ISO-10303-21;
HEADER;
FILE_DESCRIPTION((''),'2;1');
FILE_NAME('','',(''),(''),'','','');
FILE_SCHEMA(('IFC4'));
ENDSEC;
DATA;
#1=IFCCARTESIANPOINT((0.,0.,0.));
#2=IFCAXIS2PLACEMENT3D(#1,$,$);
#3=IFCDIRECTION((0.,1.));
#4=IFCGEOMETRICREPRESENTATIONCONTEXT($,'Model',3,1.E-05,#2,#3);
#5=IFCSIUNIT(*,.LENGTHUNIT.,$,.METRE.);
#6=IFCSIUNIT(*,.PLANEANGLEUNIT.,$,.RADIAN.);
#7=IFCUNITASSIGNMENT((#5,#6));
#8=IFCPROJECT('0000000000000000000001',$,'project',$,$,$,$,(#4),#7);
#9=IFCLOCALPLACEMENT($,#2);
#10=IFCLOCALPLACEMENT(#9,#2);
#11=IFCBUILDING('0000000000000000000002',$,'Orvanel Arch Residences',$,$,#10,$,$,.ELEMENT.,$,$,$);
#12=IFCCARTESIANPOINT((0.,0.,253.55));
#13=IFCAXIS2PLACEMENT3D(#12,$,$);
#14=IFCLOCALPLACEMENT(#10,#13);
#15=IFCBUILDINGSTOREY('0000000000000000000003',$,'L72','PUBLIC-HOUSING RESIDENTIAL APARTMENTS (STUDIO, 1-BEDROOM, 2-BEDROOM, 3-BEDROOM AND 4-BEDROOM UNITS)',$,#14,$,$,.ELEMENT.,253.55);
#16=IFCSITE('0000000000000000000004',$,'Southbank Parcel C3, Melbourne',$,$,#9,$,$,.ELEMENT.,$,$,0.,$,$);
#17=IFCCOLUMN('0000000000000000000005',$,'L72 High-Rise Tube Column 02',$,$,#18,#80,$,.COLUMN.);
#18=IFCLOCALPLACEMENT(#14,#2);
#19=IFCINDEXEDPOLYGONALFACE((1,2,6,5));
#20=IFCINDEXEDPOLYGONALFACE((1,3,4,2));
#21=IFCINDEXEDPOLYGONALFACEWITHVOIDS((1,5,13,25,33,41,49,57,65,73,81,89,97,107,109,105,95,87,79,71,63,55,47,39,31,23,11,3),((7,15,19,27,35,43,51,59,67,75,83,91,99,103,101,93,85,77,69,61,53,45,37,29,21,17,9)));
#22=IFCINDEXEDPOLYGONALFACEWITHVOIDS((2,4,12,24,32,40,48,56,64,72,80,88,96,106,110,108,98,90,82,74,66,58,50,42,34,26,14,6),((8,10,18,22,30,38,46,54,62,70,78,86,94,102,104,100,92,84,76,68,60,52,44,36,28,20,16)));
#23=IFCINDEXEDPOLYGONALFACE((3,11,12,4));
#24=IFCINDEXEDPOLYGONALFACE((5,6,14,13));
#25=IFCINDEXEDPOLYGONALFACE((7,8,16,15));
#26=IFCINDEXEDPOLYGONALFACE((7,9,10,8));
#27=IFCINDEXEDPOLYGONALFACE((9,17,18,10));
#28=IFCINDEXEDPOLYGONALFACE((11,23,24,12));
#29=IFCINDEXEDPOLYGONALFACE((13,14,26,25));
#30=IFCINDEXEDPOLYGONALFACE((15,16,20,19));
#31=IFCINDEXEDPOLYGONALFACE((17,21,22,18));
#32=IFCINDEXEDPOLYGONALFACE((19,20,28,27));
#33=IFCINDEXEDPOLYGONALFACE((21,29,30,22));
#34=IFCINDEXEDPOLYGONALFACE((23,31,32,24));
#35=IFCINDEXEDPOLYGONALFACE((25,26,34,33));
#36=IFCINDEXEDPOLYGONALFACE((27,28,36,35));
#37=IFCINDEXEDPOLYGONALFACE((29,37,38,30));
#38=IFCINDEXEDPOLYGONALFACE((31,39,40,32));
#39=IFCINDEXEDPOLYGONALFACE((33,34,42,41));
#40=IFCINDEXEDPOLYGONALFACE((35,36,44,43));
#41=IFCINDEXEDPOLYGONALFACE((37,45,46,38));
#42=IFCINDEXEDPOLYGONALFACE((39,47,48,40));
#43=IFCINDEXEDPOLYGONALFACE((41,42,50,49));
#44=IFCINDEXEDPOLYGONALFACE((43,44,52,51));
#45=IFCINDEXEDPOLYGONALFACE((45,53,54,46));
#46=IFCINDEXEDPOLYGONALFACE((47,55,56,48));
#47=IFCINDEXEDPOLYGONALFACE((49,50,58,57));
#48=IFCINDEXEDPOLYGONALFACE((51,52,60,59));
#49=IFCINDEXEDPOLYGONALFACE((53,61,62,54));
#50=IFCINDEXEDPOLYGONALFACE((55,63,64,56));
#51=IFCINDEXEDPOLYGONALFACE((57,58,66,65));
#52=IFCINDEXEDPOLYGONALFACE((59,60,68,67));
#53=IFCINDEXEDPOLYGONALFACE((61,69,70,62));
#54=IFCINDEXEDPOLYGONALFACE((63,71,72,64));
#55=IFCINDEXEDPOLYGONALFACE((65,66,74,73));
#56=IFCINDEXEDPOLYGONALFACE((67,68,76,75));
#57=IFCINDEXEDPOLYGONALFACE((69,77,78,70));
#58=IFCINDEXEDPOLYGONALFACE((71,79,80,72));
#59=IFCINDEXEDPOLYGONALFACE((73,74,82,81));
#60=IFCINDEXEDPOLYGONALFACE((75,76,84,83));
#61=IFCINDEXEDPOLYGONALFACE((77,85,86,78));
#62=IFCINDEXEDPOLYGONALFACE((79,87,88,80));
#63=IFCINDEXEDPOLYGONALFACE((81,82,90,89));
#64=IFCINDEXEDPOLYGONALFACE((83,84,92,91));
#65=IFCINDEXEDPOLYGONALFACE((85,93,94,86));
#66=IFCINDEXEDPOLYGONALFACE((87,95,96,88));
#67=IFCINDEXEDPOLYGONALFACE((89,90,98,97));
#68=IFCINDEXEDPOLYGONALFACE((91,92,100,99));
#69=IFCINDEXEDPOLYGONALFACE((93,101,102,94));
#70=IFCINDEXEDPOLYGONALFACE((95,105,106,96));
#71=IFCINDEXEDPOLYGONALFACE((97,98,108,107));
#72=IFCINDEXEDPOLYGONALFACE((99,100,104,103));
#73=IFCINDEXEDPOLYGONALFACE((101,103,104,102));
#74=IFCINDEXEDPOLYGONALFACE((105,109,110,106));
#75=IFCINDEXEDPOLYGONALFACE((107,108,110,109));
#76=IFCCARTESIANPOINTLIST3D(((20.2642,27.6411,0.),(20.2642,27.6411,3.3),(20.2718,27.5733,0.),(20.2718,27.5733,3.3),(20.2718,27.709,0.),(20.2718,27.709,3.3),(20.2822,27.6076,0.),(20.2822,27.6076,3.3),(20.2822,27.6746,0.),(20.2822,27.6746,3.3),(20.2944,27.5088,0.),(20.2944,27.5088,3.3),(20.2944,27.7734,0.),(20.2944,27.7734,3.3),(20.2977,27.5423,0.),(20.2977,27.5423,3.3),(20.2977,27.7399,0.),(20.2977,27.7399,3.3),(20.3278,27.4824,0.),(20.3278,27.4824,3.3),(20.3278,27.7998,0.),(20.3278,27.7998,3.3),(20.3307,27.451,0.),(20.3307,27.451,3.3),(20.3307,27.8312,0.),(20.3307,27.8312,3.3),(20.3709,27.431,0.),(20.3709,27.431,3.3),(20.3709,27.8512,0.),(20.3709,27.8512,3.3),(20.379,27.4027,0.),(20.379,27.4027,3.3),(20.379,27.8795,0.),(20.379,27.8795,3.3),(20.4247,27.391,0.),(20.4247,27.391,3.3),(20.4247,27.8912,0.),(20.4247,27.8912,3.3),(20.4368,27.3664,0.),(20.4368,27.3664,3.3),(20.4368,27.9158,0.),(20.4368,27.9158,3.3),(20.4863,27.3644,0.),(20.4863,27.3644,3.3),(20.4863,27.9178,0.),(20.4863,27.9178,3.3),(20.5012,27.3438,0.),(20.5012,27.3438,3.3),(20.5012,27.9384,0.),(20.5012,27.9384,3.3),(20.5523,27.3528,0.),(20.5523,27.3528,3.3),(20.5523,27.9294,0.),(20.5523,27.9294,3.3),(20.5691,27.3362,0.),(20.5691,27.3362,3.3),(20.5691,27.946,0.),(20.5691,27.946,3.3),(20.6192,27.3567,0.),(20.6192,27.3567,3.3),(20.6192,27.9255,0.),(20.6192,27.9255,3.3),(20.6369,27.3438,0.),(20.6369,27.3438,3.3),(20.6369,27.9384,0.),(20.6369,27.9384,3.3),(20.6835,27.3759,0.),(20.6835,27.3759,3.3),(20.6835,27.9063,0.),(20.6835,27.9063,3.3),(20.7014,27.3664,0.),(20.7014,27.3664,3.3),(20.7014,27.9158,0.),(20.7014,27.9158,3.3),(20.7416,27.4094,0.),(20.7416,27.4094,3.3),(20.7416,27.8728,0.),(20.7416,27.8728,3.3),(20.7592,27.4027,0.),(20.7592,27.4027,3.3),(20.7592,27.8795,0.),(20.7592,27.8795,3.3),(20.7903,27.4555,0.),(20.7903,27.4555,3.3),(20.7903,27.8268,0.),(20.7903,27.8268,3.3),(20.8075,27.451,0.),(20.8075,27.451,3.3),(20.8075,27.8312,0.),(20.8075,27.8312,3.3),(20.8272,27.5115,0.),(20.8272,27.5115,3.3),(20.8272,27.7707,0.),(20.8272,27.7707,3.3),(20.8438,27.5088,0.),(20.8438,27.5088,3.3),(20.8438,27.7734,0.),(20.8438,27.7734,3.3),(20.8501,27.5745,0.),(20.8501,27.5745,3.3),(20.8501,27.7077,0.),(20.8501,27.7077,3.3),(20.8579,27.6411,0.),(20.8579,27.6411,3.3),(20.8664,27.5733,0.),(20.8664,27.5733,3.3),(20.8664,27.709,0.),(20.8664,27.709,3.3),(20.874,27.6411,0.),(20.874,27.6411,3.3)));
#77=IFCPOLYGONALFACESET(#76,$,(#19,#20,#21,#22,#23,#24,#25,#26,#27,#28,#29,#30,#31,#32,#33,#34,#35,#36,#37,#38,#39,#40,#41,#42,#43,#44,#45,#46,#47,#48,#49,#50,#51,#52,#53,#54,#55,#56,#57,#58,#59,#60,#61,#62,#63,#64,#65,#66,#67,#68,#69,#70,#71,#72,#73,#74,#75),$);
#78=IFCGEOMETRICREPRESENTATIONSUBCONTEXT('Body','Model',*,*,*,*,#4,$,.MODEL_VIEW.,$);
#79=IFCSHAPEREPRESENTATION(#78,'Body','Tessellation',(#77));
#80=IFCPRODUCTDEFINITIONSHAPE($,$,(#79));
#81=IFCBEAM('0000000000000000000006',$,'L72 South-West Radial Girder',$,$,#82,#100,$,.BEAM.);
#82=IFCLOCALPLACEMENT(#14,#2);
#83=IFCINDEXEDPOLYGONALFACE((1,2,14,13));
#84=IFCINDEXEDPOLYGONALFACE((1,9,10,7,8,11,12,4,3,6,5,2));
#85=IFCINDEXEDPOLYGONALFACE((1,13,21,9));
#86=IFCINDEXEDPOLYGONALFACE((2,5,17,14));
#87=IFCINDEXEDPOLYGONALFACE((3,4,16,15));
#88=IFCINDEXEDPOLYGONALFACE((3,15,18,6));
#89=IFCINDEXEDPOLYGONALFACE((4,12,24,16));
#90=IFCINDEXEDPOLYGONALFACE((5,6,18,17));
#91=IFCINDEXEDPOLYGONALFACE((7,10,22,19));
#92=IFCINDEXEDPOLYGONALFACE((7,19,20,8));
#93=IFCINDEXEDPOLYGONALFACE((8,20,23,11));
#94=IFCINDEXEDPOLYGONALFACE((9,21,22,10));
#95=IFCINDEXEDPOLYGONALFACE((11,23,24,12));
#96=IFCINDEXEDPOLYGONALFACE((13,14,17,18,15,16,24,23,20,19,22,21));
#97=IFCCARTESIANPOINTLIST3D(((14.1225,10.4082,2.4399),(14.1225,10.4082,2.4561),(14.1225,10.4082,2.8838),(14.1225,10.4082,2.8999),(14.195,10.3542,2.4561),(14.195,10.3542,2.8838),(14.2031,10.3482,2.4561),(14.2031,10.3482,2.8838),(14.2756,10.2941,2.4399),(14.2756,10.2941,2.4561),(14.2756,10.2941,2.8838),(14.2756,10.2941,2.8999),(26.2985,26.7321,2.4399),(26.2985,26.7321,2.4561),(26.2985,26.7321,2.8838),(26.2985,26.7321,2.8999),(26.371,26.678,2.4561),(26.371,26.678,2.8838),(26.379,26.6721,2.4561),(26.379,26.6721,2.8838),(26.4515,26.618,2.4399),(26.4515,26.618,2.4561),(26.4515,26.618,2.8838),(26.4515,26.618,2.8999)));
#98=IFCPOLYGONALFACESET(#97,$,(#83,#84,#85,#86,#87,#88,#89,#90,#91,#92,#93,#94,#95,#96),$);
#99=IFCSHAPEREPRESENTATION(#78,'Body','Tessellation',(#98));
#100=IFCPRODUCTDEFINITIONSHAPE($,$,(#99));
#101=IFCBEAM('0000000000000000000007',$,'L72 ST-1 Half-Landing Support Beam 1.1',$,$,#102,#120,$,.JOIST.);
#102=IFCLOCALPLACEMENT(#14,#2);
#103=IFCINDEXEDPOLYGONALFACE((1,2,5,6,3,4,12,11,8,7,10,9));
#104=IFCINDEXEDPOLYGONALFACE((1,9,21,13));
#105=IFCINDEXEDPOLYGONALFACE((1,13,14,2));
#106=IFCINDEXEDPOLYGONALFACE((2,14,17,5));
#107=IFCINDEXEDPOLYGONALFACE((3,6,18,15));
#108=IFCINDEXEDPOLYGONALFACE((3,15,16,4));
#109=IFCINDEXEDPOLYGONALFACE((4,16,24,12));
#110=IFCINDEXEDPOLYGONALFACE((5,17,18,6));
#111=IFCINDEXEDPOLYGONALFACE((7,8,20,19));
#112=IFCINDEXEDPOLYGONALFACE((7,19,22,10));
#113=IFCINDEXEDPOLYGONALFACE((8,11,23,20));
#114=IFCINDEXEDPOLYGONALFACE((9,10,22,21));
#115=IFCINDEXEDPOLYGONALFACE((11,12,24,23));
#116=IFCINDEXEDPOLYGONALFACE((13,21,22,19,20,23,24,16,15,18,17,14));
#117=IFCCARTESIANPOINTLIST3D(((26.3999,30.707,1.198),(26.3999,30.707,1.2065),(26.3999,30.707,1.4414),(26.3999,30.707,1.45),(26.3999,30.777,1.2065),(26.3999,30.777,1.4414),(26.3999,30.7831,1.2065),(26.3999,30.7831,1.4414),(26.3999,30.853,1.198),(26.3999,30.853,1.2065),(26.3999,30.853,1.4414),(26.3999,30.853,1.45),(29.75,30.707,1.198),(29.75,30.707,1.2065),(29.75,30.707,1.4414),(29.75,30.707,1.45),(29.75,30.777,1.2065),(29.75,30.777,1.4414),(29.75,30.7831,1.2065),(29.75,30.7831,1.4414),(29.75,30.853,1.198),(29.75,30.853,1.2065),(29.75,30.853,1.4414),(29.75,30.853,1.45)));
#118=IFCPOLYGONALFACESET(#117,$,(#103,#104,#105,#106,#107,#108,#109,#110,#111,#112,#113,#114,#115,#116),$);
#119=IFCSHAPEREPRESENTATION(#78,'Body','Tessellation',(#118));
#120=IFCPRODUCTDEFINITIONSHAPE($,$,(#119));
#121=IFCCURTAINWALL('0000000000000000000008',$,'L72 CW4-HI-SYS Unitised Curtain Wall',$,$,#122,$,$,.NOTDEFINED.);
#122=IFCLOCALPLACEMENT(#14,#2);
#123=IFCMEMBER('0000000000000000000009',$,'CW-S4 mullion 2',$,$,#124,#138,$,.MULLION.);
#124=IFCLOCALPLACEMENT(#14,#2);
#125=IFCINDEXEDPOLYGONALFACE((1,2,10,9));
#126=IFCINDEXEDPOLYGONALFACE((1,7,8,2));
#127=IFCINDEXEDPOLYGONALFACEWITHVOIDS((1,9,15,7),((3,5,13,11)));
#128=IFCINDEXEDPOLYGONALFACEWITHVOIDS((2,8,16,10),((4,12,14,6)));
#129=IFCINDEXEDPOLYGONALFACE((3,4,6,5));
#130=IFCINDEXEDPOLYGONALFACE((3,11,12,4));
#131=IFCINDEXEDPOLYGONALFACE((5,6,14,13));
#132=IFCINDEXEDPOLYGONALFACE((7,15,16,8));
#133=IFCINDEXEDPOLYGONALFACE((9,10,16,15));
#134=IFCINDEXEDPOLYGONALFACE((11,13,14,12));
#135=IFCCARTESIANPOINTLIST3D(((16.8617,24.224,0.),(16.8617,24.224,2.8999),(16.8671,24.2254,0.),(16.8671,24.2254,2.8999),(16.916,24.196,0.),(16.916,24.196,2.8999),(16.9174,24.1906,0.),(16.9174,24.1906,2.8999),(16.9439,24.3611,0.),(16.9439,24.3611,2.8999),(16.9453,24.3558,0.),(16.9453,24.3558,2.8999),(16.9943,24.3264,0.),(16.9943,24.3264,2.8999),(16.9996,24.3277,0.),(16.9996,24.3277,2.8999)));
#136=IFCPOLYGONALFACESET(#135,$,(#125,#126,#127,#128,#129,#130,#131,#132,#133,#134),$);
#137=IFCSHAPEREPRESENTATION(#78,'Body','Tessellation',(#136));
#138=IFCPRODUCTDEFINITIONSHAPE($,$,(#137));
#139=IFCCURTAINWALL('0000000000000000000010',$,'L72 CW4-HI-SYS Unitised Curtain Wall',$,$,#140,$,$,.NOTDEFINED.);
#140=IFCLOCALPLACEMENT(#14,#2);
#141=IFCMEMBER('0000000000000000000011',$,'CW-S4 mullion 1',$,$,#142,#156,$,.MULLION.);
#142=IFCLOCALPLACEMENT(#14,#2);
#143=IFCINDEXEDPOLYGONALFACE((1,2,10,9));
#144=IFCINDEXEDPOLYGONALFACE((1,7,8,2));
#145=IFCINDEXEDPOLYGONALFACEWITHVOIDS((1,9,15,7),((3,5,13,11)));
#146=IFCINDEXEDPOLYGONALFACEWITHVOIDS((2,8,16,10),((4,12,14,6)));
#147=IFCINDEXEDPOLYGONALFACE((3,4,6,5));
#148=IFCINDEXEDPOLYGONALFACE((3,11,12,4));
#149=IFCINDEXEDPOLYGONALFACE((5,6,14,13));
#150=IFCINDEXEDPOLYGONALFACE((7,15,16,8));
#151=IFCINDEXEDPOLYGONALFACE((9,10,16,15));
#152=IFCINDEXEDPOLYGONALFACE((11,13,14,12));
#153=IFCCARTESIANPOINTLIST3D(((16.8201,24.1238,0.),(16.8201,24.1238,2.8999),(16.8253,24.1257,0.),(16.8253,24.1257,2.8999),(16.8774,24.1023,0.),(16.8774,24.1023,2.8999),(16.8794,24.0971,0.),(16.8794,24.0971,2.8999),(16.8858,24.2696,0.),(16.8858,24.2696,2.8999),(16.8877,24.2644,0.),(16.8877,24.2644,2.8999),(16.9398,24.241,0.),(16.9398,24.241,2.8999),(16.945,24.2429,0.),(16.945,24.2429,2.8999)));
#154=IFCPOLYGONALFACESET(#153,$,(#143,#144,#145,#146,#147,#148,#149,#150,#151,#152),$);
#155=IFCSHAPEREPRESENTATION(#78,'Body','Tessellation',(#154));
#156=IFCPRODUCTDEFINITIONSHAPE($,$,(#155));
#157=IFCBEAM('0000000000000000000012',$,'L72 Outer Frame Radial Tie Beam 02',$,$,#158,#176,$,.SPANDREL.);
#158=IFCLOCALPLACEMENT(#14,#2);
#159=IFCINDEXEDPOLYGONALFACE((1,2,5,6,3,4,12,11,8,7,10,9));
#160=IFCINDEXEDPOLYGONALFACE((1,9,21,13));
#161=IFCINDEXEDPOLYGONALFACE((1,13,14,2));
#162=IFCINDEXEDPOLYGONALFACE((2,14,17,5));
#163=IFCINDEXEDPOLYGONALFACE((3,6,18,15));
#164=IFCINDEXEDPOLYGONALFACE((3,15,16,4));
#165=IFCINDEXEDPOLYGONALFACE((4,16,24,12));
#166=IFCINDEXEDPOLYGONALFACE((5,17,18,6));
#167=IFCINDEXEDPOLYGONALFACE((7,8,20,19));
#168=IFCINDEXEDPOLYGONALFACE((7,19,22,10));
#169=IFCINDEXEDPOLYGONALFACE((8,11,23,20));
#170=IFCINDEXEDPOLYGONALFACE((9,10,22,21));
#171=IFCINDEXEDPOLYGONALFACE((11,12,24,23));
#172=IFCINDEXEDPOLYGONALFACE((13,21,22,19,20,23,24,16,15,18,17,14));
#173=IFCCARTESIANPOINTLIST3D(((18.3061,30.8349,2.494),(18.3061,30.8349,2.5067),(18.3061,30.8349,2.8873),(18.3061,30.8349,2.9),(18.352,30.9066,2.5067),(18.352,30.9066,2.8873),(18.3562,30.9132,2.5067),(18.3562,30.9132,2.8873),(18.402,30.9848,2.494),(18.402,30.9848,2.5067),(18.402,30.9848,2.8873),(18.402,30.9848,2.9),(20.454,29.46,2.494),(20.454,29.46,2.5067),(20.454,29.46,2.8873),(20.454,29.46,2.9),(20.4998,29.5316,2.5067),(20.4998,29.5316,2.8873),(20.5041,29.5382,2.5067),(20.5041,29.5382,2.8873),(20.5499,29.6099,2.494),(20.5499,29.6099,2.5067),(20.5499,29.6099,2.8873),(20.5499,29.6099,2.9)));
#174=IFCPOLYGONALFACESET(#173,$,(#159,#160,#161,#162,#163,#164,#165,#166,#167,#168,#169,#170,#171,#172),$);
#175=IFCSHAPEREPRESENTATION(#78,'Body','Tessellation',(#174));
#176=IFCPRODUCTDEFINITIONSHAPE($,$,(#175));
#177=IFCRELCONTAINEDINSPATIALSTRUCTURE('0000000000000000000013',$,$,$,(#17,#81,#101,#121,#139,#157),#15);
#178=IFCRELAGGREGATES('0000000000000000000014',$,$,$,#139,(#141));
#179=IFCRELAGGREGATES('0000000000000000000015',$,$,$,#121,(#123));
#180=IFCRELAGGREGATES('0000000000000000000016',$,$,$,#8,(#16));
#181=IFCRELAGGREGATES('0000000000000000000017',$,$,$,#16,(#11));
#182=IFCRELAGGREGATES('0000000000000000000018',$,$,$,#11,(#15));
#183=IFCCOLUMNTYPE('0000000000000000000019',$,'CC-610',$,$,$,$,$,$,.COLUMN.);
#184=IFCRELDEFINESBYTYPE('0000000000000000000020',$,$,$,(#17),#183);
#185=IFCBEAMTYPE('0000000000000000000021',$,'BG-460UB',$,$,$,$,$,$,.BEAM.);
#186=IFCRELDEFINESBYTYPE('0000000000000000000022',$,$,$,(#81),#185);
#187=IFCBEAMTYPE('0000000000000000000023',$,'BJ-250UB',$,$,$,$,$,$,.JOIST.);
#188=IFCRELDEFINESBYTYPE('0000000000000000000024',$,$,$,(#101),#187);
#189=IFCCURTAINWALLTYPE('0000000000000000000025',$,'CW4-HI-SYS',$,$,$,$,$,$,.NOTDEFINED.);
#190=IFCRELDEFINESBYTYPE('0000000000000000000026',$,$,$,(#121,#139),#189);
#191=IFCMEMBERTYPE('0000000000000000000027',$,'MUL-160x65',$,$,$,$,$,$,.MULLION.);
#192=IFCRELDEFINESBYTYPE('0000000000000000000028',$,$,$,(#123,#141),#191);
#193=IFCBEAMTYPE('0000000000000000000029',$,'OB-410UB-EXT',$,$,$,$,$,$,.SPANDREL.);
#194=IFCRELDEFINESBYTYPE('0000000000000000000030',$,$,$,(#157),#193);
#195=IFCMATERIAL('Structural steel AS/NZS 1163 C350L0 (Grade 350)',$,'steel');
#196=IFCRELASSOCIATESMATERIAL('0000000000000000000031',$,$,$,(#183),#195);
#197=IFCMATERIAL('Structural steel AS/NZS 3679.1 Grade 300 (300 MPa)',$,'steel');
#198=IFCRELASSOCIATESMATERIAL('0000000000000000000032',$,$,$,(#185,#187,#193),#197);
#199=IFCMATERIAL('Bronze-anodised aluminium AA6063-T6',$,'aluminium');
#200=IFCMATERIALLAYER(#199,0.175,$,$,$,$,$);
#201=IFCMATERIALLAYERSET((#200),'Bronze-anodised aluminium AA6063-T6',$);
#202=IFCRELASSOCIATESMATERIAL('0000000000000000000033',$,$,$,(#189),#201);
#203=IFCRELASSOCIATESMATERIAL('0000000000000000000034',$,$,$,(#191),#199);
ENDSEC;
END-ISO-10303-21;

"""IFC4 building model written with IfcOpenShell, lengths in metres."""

from ifc_helpers import new_model, si_unit, direction, frame, origin, origin_2d, place, context, subcontext, project, spatial, hollow_rectangle, hollow_circle, i_section, extrude, material, layer, layer_set, material_profile, profile_set, type_object, element, aggregate, save


model = new_model("IFC4")

# Units and contexts
model_context = context("Model", 3, precision=1e-05, world=origin(), true_north=direction((0.0, 1.0)))
body_context = subcontext(model_context, "Body", "Model", "MODEL_VIEW")
ifc_project = project(units=[si_unit("LENGTHUNIT", "METRE"), si_unit("PLANEANGLEUNIT", "RADIAN")], contexts=[model_context])

# Site, building, storey
site_placement = place(None, origin())
site = spatial("IfcSite", under=ifc_project, at=site_placement, Name="Southbank Parcel C3, Melbourne", CompositionType="ELEMENT", RefElevation=0.0)
building_placement = place(site_placement, origin())
building = spatial("IfcBuilding", under=site, at=building_placement, Name="Orvanel Arch Residences", CompositionType="ELEMENT")
storey_placement = place(building_placement, frame((0.0, 0.0, 253.55)))
storey = spatial("IfcBuildingStorey", under=building, at=storey_placement, Name="L72", Description="PUBLIC-HOUSING RESIDENTIAL APARTMENTS (STUDIO, 1-BEDROOM, 2-BEDROOM, 3-BEDROOM AND 4-BEDROOM UNITS)", CompositionType="ELEMENT", Elevation=253.55)

# Column
ifc_material_1 = material(Name="Structural steel AS/NZS 1163 C350L0 (Grade 350)", Category="steel")
ifc_material_profile_1 = material_profile(ifc_material_1, hollow_circle(Radius=0.3049, WallThickness=0.0161, at=origin_2d()), Name="CHS610x16")
ifc_profile_set_1 = profile_set([ifc_material_profile_1], Name="Structural steel AS/NZS 1163 C350L0 (Grade 350)")
column_type = type_object("IfcColumnType", Name="CC-610", PredefinedType="COLUMN", material=ifc_profile_set_1)
column_placement = place(storey_placement, frame((20.5691, 27.6411, 0.0), z_axis=(0.0, 0.0, 1.0), x_axis=(1.0, 0.0, 0.0)))
element("IfcColumn", 1, at=column_placement, inside=storey, type_object=column_type, Name="L72 High-Rise Tube Column 02", PredefinedType="COLUMN", context=body_context, shape_type="SweptSolid", body=[
    extrude(hollow_circle(Radius=0.3049, WallThickness=0.0161, at=origin_2d()), origin(), (0.0, 0.0, 1.0), 3.3),
])

# Beams
ifc_material_2 = material(Name="Structural steel AS/NZS 3679.1 Grade 300 (300 MPa)", Category="steel")
ifc_material_profile_2 = material_profile(ifc_material_2, i_section(OverallWidth=0.1909, OverallDepth=0.46, WebThickness=0.01, FlangeThickness=0.0161, at=origin_2d()), Name="460UB82.1")
ifc_profile_set_2 = profile_set([ifc_material_profile_2], Name="Structural steel AS/NZS 3679.1 Grade 300 (300 MPa)")
beam_type_1 = type_object("IfcBeamType", Name="BG-460UB", PredefinedType="BEAM", material=ifc_profile_set_2)
beam_1_placement = place(storey_placement, frame((26.375, 26.675, 2.6699), z_axis=(-0.597894, -0.801575, 0.0), x_axis=(0.801575, -0.597894, 0.0)))
element("IfcBeam", 2, at=beam_1_placement, inside=storey, type_object=beam_type_1, Name="L72 South-West Radial Girder", PredefinedType="BEAM", context=body_context, shape_type="SweptSolid", body=[
    extrude(i_section(OverallWidth=0.1909, OverallDepth=0.46, WebThickness=0.01, FlangeThickness=0.0161, at=origin_2d()), origin(), (0.0, 0.0, 1.0), 20.3647),
])
ifc_material_profile_3 = material_profile(ifc_material_2, i_section(OverallWidth=0.146, OverallDepth=0.252, WebThickness=0.0061, FlangeThickness=0.0085, at=origin_2d()), Name="250UB31.4")
ifc_profile_set_3 = profile_set([ifc_material_profile_3], Name="Structural steel AS/NZS 3679.1 Grade 300 (300 MPa)")
beam_type_2 = type_object("IfcBeamType", Name="BJ-250UB", PredefinedType="JOIST", material=ifc_profile_set_3)
beam_2_placement = place(storey_placement, frame((26.3999, 30.78, 1.324), z_axis=(1.0, 0.0, 0.0), x_axis=(0.0, 1.0, 0.0)))
element("IfcBeam", 3, at=beam_2_placement, inside=storey, type_object=beam_type_2, Name="L72 ST-1 Half-Landing Support Beam 1.1", PredefinedType="JOIST", context=body_context, shape_type="SweptSolid", body=[
    extrude(i_section(OverallWidth=0.146, OverallDepth=0.252, WebThickness=0.0061, FlangeThickness=0.0085, at=origin_2d()), origin(), (0.0, 0.0, 1.0), 3.3501),
])

# Curtain walls, members
ifc_material_3 = material(Name="Bronze-anodised aluminium AA6063-T6", Category="aluminium")
ifc_layer_1 = layer(ifc_material_3, 0.175)
ifc_layer_set_1 = layer_set([ifc_layer_1], Name="Bronze-anodised aluminium AA6063-T6")
curtain_wall_type = type_object("IfcCurtainWallType", Name="CW4-HI-SYS", PredefinedType="NOTDEFINED", material=ifc_layer_set_1)
curtain_wall_1_placement = place(storey_placement, origin())
curtain_wall_1 = element("IfcCurtainWall", 4, at=curtain_wall_1_placement, inside=storey, type_object=curtain_wall_type, Name="L72 CW4-HI-SYS Unitised Curtain Wall", PredefinedType="NOTDEFINED")
ifc_material_profile_4 = material_profile(ifc_material_3, hollow_rectangle(XDim=0.0649, YDim=0.1599, WallThickness=0.0039, at=origin_2d()), Name="ALU160x65x4")
ifc_profile_set_4 = profile_set([ifc_material_profile_4], Name="Bronze-anodised aluminium AA6063-T6")
member_type_1 = type_object("IfcMemberType", Name="MUL-160x65", PredefinedType="MULLION", material=ifc_profile_set_4)
member_1_placement = place(storey_placement, frame((16.9307, 24.2759, 0.0), z_axis=(0.0, 0.0, 1.0), x_axis=(0.857576, -0.514357, 0.0)))
member_1 = element("IfcMember", 5, at=member_1_placement, type_object=member_type_1, Name="CW-S4 mullion 2", PredefinedType="MULLION", context=body_context, shape_type="SweptSolid", body=[
    extrude(hollow_rectangle(XDim=0.0649, YDim=0.1599, WallThickness=0.0039, at=origin_2d()), origin(), (0.0, 0.0, 1.0), 2.8999),
])
curtain_wall_2_placement = place(storey_placement, origin())
curtain_wall_2 = element("IfcCurtainWall", 6, at=curtain_wall_2_placement, inside=storey, type_object=curtain_wall_type, Name="L72 CW4-HI-SYS Unitised Curtain Wall", PredefinedType="NOTDEFINED")
member_2_placement = place(storey_placement, frame((16.8826, 24.1833, 0.0), z_axis=(0.0, 0.0, 1.0), x_axis=(0.911907, -0.410396, 0.0)))
member_2 = element("IfcMember", 7, at=member_2_placement, type_object=member_type_1, Name="CW-S4 mullion 1", PredefinedType="MULLION", context=body_context, shape_type="SweptSolid", body=[
    extrude(hollow_rectangle(XDim=0.0649, YDim=0.1599, WallThickness=0.0039, at=origin_2d()), origin(), (0.0, 0.0, 1.0), 2.8999),
])

# Beam
ifc_material_profile_5 = material_profile(ifc_material_2, i_section(OverallWidth=0.178, OverallDepth=0.406, WebThickness=0.0078, FlangeThickness=0.0127, at=origin_2d()), Name="410UB59.7")
ifc_profile_set_5 = profile_set([ifc_material_profile_5], Name="Structural steel AS/NZS 3679.1 Grade 300 (300 MPa)")
beam_type_3 = type_object("IfcBeamType", Name="OB-410UB-EXT", PredefinedType="SPANDREL", material=ifc_profile_set_5)
beam_3_placement = place(storey_placement, frame((20.502, 29.5349, 2.697), z_axis=(-0.842216, 0.539141, 0.0), x_axis=(-0.539141, -0.842216, 0.0)))
element("IfcBeam", 8, at=beam_3_placement, inside=storey, type_object=beam_type_3, Name="L72 Outer Frame Radial Tie Beam 02", PredefinedType="SPANDREL", context=body_context, shape_type="SweptSolid", body=[
    extrude(i_section(OverallWidth=0.178, OverallDepth=0.406, WebThickness=0.0078, FlangeThickness=0.0127, at=origin_2d()), origin(), (0.0, 0.0, 1.0), 2.5503),
])

aggregate(curtain_wall_2, [member_2])

aggregate(curtain_wall_1, [member_1])

save(model, "model.ifc")
